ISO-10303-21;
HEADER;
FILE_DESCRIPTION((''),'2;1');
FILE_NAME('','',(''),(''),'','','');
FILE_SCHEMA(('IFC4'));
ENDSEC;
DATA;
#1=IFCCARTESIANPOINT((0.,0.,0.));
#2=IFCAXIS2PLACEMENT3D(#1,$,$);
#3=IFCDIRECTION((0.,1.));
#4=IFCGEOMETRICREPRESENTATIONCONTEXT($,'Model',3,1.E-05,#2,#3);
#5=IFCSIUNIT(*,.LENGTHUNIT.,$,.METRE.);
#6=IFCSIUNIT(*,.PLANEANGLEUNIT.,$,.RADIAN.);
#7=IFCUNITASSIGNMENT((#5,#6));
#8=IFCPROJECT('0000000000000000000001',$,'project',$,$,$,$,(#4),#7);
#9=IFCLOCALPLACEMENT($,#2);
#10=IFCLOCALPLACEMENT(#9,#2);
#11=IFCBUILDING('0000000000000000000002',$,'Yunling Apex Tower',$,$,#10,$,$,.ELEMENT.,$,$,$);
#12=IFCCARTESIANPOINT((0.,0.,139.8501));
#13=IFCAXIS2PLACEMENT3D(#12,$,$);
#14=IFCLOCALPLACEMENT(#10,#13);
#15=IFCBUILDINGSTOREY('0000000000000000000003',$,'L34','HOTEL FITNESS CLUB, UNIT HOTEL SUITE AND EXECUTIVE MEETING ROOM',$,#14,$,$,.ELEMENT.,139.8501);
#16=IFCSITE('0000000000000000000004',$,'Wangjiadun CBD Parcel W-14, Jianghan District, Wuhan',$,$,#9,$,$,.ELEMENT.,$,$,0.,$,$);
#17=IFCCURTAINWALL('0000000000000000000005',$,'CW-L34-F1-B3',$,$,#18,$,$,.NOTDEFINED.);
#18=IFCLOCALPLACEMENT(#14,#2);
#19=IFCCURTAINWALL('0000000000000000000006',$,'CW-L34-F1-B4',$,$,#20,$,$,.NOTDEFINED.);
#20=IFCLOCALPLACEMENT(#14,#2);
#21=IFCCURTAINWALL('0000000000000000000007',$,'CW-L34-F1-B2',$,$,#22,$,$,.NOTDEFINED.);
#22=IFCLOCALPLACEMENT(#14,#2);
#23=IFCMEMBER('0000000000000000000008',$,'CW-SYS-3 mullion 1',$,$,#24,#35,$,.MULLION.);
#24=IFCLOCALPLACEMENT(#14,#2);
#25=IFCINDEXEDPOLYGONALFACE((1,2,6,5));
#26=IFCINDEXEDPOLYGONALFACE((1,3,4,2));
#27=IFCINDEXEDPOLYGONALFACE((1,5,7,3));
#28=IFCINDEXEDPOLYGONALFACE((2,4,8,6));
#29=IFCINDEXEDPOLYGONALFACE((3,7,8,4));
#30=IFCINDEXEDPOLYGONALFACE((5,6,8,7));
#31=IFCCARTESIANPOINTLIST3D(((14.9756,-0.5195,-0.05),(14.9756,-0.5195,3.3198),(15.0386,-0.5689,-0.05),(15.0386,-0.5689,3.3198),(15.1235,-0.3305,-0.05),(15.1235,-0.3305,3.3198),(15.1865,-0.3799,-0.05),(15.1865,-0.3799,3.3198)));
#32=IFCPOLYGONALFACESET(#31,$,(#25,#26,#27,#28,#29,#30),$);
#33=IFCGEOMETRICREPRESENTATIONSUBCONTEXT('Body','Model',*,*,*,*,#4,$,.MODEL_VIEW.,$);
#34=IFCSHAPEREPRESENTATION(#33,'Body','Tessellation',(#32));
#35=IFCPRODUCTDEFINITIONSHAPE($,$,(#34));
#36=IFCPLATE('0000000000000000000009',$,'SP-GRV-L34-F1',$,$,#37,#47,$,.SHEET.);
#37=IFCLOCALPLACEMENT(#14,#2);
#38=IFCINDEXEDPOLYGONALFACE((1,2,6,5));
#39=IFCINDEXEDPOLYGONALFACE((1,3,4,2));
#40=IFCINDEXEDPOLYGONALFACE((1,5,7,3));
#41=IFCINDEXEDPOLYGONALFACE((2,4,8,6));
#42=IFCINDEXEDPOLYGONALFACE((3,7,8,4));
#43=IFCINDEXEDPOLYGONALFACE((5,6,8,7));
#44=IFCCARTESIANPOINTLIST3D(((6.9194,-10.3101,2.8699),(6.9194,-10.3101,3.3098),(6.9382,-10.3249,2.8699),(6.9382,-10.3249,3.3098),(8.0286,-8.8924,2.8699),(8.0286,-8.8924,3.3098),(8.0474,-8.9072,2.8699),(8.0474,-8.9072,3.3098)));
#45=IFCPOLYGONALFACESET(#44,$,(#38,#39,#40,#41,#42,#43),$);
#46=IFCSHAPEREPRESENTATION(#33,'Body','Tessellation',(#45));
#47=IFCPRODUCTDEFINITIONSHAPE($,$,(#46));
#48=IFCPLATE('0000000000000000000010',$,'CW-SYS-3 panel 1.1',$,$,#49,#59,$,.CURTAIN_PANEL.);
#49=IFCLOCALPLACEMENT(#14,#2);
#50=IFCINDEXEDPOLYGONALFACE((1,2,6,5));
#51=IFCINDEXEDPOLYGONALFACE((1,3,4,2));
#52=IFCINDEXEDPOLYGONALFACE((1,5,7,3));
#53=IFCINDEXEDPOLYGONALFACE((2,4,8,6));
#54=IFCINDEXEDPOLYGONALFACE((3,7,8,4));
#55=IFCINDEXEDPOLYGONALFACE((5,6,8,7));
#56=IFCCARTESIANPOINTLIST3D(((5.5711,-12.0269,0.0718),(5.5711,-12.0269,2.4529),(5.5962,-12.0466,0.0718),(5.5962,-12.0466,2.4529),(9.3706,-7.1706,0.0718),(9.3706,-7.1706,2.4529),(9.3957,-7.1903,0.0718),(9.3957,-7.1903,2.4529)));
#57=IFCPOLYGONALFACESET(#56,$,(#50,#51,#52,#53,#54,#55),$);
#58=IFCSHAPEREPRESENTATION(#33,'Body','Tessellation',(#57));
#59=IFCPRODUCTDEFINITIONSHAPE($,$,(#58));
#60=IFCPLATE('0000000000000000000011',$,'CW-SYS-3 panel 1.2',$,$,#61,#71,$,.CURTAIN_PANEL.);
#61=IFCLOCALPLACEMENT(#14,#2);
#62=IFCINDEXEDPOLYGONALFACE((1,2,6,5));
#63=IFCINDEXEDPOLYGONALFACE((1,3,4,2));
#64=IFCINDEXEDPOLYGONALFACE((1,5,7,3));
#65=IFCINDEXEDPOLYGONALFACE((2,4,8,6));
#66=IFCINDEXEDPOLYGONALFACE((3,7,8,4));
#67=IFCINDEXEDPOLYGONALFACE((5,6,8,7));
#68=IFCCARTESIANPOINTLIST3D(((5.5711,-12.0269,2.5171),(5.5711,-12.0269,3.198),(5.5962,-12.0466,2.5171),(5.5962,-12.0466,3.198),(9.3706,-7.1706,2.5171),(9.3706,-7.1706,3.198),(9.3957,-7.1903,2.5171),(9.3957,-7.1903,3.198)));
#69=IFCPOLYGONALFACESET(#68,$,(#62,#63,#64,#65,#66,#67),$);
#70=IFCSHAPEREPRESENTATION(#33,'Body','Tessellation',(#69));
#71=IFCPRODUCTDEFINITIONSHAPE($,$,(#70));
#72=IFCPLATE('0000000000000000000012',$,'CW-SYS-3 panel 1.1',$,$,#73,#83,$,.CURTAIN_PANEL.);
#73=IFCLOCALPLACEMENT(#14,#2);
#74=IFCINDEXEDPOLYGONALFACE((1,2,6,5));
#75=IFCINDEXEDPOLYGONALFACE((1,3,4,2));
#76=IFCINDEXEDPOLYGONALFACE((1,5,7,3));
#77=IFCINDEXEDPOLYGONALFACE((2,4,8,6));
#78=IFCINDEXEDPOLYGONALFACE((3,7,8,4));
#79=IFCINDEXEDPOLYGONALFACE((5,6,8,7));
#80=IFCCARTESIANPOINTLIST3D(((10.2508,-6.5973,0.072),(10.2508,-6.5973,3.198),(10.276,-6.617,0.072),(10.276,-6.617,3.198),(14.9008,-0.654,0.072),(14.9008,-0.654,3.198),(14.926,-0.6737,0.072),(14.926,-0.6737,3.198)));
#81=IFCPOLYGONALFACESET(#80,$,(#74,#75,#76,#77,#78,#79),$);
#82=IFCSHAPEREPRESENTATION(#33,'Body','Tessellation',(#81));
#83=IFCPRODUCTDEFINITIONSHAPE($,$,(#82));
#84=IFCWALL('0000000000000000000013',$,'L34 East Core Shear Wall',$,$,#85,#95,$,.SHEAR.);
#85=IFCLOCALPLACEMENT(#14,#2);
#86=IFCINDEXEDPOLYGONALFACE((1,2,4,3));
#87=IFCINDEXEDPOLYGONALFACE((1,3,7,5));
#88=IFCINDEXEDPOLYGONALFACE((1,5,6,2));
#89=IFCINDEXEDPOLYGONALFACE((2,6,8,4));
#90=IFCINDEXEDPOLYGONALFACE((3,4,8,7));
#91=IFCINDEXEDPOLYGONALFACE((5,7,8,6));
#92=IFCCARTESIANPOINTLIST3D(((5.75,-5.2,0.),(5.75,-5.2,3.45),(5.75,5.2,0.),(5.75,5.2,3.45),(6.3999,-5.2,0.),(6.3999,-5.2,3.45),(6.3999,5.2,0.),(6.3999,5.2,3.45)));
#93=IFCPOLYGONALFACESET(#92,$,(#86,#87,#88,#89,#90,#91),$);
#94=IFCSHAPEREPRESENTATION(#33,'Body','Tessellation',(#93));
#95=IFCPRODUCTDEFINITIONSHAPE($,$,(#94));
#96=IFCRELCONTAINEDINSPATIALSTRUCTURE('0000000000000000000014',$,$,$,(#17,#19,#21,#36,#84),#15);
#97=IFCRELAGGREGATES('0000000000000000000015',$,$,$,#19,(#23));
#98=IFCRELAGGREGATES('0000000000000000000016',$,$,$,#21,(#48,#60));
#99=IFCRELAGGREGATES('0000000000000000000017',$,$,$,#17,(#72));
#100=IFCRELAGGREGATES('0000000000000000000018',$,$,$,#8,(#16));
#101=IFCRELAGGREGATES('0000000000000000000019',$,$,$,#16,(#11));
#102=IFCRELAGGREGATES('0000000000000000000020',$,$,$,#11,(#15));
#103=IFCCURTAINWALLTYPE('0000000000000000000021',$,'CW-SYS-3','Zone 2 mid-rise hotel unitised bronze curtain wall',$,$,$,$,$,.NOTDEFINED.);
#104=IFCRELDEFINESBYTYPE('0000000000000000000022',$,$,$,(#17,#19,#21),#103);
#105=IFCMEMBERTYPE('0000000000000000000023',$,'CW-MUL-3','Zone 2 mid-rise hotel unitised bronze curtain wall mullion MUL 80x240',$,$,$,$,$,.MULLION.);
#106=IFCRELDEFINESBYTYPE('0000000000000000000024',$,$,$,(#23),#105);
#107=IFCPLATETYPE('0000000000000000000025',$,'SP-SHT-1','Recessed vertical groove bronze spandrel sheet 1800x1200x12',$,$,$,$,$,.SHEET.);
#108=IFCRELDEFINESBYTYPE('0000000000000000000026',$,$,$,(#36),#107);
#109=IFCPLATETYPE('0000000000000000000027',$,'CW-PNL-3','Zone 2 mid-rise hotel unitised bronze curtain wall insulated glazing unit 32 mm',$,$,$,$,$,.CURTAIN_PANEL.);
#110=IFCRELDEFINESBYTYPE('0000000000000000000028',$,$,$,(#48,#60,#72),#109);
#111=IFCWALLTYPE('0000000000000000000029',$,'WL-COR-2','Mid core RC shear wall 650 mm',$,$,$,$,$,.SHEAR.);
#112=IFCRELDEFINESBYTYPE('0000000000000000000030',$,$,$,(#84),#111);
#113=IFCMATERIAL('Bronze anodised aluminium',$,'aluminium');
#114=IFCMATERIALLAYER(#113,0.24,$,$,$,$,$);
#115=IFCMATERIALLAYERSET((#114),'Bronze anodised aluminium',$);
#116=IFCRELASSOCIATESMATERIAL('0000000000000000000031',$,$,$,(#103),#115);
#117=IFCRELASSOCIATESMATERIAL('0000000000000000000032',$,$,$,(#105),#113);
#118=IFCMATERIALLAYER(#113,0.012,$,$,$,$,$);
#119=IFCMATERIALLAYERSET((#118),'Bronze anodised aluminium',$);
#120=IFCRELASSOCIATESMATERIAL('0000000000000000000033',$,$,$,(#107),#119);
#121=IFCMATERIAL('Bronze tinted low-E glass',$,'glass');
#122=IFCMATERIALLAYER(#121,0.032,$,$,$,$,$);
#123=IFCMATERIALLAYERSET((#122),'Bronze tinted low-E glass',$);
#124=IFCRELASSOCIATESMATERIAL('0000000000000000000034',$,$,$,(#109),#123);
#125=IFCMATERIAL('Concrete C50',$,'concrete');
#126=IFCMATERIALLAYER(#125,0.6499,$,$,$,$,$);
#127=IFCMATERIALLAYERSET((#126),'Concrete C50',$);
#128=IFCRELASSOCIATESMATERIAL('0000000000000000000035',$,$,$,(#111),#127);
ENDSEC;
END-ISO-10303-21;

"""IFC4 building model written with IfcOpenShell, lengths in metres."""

from ifc_helpers import new_model, si_unit, direction, frame, frame_2d, origin, origin_2d, place, context, subcontext, project, spatial, rectangle, extrude, source, transform, mapped, material, layer, layer_set, material_profile, profile_set, type_object, element, aggregate, save


model = new_model("IFC4")

# Units and contexts
model_context = context("Model", 3, precision=1e-05, world=origin(), true_north=direction((0.0, 1.0)))
body_context = subcontext(model_context, "Body", "Model", "MODEL_VIEW")
ifc_project = project(units=[si_unit("LENGTHUNIT", "METRE"), si_unit("PLANEANGLEUNIT", "RADIAN")], contexts=[model_context])

# Site, building, storey
site_placement = place(None, origin())
site = spatial("IfcSite", under=ifc_project, at=site_placement, Name="Wangjiadun CBD Parcel W-14, Jianghan District, Wuhan", CompositionType="ELEMENT", RefElevation=0.0)
building_placement = place(site_placement, origin())
building = spatial("IfcBuilding", under=site, at=building_placement, Name="Yunling Apex Tower", CompositionType="ELEMENT")
storey_placement = place(building_placement, frame((0.0, 0.0, 139.8501)))
storey = spatial("IfcBuildingStorey", under=building, at=storey_placement, Name="L34", Description="HOTEL FITNESS CLUB, UNIT HOTEL SUITE AND EXECUTIVE MEETING ROOM", CompositionType="ELEMENT", Elevation=139.8501)

# Curtain walls
ifc_material_1 = material(Name="Bronze anodised aluminium", Category="aluminium")
ifc_layer_1 = layer(ifc_material_1, 0.24)
ifc_layer_set_1 = layer_set([ifc_layer_1], Name="Bronze anodised aluminium")
curtain_wall_type = type_object("IfcCurtainWallType", Name="CW-SYS-3", Description="Zone 2 mid-rise hotel unitised bronze curtain wall", PredefinedType="NOTDEFINED", material=ifc_layer_set_1)
curtain_wall_1_placement = place(storey_placement, origin())
curtain_wall_1 = element("IfcCurtainWall", 1, at=curtain_wall_1_placement, inside=storey, type_object=curtain_wall_type, Name="CW-L34-F1-B3", PredefinedType="NOTDEFINED")
curtain_wall_2_placement = place(storey_placement, origin())
curtain_wall_2 = element("IfcCurtainWall", 2, at=curtain_wall_2_placement, inside=storey, type_object=curtain_wall_type, Name="CW-L34-F1-B4", PredefinedType="NOTDEFINED")

# Curtain wall
curtain_wall_3_placement = place(storey_placement, origin())
curtain_wall_3 = element("IfcCurtainWall", 3, at=curtain_wall_3_placement, inside=storey, type_object=curtain_wall_type, Name="CW-L34-F1-B2", PredefinedType="NOTDEFINED")
ifc_material_profile_1 = material_profile(ifc_material_1, rectangle(XDim=0.0801, YDim=0.24, at=origin_2d()))
ifc_profile_set_1 = profile_set([ifc_material_profile_1], Name="Bronze anodised aluminium")
member_type_1 = type_object("IfcMemberType", Name="CW-MUL-3", Description="Zone 2 mid-rise hotel unitised bronze curtain wall mullion MUL 80x240", PredefinedType="MULLION", material=ifc_profile_set_1)
shared_shape_1 = source(origin(), body_context, "Body", "SweptSolid", [
    extrude(rectangle(XDim=0.0801, YDim=0.24, at=origin_2d()), origin(), (0.0, 0.0, 1.0), 3.3699),
])

# Member
member_1_placement = place(storey_placement, frame((15.0811, -0.4497, -0.05), z_axis=(0.0, 0.0, 1.0), x_axis=(-0.787584, 0.616208, 0.0)))
member_1 = element("IfcMember", 4, at=member_1_placement, type_object=member_type_1, Name="CW-SYS-3 mullion 1", PredefinedType="MULLION", context=body_context, shape_type="MappedRepresentation", body=[
    mapped(shared_shape_1, transform((0.0, 0.0, 0.0), scale=1.0)),
])
aggregate(curtain_wall_2, [member_1])

# Plates
ifc_layer_2 = layer(ifc_material_1, 0.012)
ifc_layer_set_2 = layer_set([ifc_layer_2], Name="Bronze anodised aluminium")
plate_type_1 = type_object("IfcPlateType", Name="SP-SHT-1", Description="Recessed vertical groove bronze spandrel sheet 1800x1200x12", PredefinedType="SHEET", material=ifc_layer_set_2)
shared_shape_2 = source(origin(), body_context, "Body", "SweptSolid", [
    extrude(rectangle(XDim=1.8, YDim=0.0239, at=origin_2d()), origin(), (0.0, 0.0, 1.0), 0.4399),
])
plate_1_placement = place(storey_placement, frame((7.4834, -9.6086, 2.8699), z_axis=(0.0, 0.0, 1.0), x_axis=(0.616211, 0.787581, 0.0)))
element("IfcPlate", 5, at=plate_1_placement, inside=storey, type_object=plate_type_1, Name="SP-GRV-L34-F1", PredefinedType="SHEET", context=body_context, shape_type="MappedRepresentation", body=[
    mapped(shared_shape_2, transform((0.0, 0.0, 0.0), scale=1.0)),
])
ifc_material_2 = material(Name="Bronze tinted low-E glass", Category="glass")
ifc_layer_3 = layer(ifc_material_2, 0.032)
ifc_layer_set_3 = layer_set([ifc_layer_3], Name="Bronze tinted low-E glass")
plate_type_2 = type_object("IfcPlateType", Name="CW-PNL-3", Description="Zone 2 mid-rise hotel unitised bronze curtain wall insulated glazing unit 32 mm", PredefinedType="CURTAIN_PANEL", material=ifc_layer_set_3)
shared_shape_3 = source(origin(), body_context, "Body", "SweptSolid", [
    extrude(rectangle(XDim=6.166, YDim=0.032, at=origin_2d()), origin(), (0.0, 0.0, 1.0), 2.3811),
])
plate_2_placement = place(storey_placement, frame((7.4834, -9.6086, 0.0718), z_axis=(0.0, 0.0, 1.0), x_axis=(0.616199, 0.78759, 0.0)))
plate_2 = element("IfcPlate", 6, at=plate_2_placement, type_object=plate_type_2, Name="CW-SYS-3 panel 1.1", PredefinedType="CURTAIN_PANEL", context=body_context, shape_type="MappedRepresentation", body=[
    mapped(shared_shape_3, transform((0.0, 0.0, 0.0), scale=1.0)),
])
shared_shape_4 = source(origin(), body_context, "Body", "SweptSolid", [
    extrude(rectangle(XDim=6.166, YDim=0.032, at=origin_2d()), origin(), (0.0, 0.0, 1.0), 0.6809),
])
plate_3_placement = place(storey_placement, frame((7.4834, -9.6086, 2.5171), z_axis=(0.0, 0.0, 1.0), x_axis=(0.616199, 0.78759, 0.0)))
plate_3 = element("IfcPlate", 7, at=plate_3_placement, type_object=plate_type_2, Name="CW-SYS-3 panel 1.2", PredefinedType="CURTAIN_PANEL", context=body_context, shape_type="MappedRepresentation", body=[
    mapped(shared_shape_4, transform((0.0, 0.0, 0.0), scale=1.0)),
])
aggregate(curtain_wall_3, [plate_2, plate_3])
shared_shape_5 = source(origin(), body_context, "Body", "SweptSolid", [
    extrude(rectangle(XDim=7.5461, YDim=0.032, at=origin_2d()), origin(), (0.0, 0.0, 1.0), 3.126),
])
plate_4_placement = place(storey_placement, frame((12.5884, -3.6355, 0.072), z_axis=(0.0, 0.0, 1.0), x_axis=(0.616208, 0.787584, 0.0)))
plate_4 = element("IfcPlate", 8, at=plate_4_placement, type_object=plate_type_2, Name="CW-SYS-3 panel 1.1", PredefinedType="CURTAIN_PANEL", context=body_context, shape_type="MappedRepresentation", body=[
    mapped(shared_shape_5, transform((0.0, 0.0, 0.0), scale=1.0)),
])
aggregate(curtain_wall_1, [plate_4])

# Wall
ifc_material_3 = material(Name="Concrete C50", Category="concrete")
ifc_layer_4 = layer(ifc_material_3, 0.6499)
ifc_layer_set_4 = layer_set([ifc_layer_4], Name="Concrete C50")
wall_type = type_object("IfcWallType", Name="WL-COR-2", Description="Mid core RC shear wall 650 mm", PredefinedType="SHEAR", material=ifc_layer_set_4)
wall_placement = place(storey_placement, frame((6.075, -5.2, 0.0), z_axis=(0.0, 0.0, 1.0), x_axis=(0.0, 1.0, 0.0)))
element("IfcWall", 9, at=wall_placement, inside=storey, type_object=wall_type, Name="L34 East Core Shear Wall", PredefinedType="SHEAR", context=body_context, shape_type="SweptSolid", body=[
    extrude(rectangle(XDim=10.3999, YDim=0.6499, at=frame_2d((5.2, 0.0))), origin(), (0.0, 0.0, 1.0), 3.45),
])

save(model, "model.ifc")
